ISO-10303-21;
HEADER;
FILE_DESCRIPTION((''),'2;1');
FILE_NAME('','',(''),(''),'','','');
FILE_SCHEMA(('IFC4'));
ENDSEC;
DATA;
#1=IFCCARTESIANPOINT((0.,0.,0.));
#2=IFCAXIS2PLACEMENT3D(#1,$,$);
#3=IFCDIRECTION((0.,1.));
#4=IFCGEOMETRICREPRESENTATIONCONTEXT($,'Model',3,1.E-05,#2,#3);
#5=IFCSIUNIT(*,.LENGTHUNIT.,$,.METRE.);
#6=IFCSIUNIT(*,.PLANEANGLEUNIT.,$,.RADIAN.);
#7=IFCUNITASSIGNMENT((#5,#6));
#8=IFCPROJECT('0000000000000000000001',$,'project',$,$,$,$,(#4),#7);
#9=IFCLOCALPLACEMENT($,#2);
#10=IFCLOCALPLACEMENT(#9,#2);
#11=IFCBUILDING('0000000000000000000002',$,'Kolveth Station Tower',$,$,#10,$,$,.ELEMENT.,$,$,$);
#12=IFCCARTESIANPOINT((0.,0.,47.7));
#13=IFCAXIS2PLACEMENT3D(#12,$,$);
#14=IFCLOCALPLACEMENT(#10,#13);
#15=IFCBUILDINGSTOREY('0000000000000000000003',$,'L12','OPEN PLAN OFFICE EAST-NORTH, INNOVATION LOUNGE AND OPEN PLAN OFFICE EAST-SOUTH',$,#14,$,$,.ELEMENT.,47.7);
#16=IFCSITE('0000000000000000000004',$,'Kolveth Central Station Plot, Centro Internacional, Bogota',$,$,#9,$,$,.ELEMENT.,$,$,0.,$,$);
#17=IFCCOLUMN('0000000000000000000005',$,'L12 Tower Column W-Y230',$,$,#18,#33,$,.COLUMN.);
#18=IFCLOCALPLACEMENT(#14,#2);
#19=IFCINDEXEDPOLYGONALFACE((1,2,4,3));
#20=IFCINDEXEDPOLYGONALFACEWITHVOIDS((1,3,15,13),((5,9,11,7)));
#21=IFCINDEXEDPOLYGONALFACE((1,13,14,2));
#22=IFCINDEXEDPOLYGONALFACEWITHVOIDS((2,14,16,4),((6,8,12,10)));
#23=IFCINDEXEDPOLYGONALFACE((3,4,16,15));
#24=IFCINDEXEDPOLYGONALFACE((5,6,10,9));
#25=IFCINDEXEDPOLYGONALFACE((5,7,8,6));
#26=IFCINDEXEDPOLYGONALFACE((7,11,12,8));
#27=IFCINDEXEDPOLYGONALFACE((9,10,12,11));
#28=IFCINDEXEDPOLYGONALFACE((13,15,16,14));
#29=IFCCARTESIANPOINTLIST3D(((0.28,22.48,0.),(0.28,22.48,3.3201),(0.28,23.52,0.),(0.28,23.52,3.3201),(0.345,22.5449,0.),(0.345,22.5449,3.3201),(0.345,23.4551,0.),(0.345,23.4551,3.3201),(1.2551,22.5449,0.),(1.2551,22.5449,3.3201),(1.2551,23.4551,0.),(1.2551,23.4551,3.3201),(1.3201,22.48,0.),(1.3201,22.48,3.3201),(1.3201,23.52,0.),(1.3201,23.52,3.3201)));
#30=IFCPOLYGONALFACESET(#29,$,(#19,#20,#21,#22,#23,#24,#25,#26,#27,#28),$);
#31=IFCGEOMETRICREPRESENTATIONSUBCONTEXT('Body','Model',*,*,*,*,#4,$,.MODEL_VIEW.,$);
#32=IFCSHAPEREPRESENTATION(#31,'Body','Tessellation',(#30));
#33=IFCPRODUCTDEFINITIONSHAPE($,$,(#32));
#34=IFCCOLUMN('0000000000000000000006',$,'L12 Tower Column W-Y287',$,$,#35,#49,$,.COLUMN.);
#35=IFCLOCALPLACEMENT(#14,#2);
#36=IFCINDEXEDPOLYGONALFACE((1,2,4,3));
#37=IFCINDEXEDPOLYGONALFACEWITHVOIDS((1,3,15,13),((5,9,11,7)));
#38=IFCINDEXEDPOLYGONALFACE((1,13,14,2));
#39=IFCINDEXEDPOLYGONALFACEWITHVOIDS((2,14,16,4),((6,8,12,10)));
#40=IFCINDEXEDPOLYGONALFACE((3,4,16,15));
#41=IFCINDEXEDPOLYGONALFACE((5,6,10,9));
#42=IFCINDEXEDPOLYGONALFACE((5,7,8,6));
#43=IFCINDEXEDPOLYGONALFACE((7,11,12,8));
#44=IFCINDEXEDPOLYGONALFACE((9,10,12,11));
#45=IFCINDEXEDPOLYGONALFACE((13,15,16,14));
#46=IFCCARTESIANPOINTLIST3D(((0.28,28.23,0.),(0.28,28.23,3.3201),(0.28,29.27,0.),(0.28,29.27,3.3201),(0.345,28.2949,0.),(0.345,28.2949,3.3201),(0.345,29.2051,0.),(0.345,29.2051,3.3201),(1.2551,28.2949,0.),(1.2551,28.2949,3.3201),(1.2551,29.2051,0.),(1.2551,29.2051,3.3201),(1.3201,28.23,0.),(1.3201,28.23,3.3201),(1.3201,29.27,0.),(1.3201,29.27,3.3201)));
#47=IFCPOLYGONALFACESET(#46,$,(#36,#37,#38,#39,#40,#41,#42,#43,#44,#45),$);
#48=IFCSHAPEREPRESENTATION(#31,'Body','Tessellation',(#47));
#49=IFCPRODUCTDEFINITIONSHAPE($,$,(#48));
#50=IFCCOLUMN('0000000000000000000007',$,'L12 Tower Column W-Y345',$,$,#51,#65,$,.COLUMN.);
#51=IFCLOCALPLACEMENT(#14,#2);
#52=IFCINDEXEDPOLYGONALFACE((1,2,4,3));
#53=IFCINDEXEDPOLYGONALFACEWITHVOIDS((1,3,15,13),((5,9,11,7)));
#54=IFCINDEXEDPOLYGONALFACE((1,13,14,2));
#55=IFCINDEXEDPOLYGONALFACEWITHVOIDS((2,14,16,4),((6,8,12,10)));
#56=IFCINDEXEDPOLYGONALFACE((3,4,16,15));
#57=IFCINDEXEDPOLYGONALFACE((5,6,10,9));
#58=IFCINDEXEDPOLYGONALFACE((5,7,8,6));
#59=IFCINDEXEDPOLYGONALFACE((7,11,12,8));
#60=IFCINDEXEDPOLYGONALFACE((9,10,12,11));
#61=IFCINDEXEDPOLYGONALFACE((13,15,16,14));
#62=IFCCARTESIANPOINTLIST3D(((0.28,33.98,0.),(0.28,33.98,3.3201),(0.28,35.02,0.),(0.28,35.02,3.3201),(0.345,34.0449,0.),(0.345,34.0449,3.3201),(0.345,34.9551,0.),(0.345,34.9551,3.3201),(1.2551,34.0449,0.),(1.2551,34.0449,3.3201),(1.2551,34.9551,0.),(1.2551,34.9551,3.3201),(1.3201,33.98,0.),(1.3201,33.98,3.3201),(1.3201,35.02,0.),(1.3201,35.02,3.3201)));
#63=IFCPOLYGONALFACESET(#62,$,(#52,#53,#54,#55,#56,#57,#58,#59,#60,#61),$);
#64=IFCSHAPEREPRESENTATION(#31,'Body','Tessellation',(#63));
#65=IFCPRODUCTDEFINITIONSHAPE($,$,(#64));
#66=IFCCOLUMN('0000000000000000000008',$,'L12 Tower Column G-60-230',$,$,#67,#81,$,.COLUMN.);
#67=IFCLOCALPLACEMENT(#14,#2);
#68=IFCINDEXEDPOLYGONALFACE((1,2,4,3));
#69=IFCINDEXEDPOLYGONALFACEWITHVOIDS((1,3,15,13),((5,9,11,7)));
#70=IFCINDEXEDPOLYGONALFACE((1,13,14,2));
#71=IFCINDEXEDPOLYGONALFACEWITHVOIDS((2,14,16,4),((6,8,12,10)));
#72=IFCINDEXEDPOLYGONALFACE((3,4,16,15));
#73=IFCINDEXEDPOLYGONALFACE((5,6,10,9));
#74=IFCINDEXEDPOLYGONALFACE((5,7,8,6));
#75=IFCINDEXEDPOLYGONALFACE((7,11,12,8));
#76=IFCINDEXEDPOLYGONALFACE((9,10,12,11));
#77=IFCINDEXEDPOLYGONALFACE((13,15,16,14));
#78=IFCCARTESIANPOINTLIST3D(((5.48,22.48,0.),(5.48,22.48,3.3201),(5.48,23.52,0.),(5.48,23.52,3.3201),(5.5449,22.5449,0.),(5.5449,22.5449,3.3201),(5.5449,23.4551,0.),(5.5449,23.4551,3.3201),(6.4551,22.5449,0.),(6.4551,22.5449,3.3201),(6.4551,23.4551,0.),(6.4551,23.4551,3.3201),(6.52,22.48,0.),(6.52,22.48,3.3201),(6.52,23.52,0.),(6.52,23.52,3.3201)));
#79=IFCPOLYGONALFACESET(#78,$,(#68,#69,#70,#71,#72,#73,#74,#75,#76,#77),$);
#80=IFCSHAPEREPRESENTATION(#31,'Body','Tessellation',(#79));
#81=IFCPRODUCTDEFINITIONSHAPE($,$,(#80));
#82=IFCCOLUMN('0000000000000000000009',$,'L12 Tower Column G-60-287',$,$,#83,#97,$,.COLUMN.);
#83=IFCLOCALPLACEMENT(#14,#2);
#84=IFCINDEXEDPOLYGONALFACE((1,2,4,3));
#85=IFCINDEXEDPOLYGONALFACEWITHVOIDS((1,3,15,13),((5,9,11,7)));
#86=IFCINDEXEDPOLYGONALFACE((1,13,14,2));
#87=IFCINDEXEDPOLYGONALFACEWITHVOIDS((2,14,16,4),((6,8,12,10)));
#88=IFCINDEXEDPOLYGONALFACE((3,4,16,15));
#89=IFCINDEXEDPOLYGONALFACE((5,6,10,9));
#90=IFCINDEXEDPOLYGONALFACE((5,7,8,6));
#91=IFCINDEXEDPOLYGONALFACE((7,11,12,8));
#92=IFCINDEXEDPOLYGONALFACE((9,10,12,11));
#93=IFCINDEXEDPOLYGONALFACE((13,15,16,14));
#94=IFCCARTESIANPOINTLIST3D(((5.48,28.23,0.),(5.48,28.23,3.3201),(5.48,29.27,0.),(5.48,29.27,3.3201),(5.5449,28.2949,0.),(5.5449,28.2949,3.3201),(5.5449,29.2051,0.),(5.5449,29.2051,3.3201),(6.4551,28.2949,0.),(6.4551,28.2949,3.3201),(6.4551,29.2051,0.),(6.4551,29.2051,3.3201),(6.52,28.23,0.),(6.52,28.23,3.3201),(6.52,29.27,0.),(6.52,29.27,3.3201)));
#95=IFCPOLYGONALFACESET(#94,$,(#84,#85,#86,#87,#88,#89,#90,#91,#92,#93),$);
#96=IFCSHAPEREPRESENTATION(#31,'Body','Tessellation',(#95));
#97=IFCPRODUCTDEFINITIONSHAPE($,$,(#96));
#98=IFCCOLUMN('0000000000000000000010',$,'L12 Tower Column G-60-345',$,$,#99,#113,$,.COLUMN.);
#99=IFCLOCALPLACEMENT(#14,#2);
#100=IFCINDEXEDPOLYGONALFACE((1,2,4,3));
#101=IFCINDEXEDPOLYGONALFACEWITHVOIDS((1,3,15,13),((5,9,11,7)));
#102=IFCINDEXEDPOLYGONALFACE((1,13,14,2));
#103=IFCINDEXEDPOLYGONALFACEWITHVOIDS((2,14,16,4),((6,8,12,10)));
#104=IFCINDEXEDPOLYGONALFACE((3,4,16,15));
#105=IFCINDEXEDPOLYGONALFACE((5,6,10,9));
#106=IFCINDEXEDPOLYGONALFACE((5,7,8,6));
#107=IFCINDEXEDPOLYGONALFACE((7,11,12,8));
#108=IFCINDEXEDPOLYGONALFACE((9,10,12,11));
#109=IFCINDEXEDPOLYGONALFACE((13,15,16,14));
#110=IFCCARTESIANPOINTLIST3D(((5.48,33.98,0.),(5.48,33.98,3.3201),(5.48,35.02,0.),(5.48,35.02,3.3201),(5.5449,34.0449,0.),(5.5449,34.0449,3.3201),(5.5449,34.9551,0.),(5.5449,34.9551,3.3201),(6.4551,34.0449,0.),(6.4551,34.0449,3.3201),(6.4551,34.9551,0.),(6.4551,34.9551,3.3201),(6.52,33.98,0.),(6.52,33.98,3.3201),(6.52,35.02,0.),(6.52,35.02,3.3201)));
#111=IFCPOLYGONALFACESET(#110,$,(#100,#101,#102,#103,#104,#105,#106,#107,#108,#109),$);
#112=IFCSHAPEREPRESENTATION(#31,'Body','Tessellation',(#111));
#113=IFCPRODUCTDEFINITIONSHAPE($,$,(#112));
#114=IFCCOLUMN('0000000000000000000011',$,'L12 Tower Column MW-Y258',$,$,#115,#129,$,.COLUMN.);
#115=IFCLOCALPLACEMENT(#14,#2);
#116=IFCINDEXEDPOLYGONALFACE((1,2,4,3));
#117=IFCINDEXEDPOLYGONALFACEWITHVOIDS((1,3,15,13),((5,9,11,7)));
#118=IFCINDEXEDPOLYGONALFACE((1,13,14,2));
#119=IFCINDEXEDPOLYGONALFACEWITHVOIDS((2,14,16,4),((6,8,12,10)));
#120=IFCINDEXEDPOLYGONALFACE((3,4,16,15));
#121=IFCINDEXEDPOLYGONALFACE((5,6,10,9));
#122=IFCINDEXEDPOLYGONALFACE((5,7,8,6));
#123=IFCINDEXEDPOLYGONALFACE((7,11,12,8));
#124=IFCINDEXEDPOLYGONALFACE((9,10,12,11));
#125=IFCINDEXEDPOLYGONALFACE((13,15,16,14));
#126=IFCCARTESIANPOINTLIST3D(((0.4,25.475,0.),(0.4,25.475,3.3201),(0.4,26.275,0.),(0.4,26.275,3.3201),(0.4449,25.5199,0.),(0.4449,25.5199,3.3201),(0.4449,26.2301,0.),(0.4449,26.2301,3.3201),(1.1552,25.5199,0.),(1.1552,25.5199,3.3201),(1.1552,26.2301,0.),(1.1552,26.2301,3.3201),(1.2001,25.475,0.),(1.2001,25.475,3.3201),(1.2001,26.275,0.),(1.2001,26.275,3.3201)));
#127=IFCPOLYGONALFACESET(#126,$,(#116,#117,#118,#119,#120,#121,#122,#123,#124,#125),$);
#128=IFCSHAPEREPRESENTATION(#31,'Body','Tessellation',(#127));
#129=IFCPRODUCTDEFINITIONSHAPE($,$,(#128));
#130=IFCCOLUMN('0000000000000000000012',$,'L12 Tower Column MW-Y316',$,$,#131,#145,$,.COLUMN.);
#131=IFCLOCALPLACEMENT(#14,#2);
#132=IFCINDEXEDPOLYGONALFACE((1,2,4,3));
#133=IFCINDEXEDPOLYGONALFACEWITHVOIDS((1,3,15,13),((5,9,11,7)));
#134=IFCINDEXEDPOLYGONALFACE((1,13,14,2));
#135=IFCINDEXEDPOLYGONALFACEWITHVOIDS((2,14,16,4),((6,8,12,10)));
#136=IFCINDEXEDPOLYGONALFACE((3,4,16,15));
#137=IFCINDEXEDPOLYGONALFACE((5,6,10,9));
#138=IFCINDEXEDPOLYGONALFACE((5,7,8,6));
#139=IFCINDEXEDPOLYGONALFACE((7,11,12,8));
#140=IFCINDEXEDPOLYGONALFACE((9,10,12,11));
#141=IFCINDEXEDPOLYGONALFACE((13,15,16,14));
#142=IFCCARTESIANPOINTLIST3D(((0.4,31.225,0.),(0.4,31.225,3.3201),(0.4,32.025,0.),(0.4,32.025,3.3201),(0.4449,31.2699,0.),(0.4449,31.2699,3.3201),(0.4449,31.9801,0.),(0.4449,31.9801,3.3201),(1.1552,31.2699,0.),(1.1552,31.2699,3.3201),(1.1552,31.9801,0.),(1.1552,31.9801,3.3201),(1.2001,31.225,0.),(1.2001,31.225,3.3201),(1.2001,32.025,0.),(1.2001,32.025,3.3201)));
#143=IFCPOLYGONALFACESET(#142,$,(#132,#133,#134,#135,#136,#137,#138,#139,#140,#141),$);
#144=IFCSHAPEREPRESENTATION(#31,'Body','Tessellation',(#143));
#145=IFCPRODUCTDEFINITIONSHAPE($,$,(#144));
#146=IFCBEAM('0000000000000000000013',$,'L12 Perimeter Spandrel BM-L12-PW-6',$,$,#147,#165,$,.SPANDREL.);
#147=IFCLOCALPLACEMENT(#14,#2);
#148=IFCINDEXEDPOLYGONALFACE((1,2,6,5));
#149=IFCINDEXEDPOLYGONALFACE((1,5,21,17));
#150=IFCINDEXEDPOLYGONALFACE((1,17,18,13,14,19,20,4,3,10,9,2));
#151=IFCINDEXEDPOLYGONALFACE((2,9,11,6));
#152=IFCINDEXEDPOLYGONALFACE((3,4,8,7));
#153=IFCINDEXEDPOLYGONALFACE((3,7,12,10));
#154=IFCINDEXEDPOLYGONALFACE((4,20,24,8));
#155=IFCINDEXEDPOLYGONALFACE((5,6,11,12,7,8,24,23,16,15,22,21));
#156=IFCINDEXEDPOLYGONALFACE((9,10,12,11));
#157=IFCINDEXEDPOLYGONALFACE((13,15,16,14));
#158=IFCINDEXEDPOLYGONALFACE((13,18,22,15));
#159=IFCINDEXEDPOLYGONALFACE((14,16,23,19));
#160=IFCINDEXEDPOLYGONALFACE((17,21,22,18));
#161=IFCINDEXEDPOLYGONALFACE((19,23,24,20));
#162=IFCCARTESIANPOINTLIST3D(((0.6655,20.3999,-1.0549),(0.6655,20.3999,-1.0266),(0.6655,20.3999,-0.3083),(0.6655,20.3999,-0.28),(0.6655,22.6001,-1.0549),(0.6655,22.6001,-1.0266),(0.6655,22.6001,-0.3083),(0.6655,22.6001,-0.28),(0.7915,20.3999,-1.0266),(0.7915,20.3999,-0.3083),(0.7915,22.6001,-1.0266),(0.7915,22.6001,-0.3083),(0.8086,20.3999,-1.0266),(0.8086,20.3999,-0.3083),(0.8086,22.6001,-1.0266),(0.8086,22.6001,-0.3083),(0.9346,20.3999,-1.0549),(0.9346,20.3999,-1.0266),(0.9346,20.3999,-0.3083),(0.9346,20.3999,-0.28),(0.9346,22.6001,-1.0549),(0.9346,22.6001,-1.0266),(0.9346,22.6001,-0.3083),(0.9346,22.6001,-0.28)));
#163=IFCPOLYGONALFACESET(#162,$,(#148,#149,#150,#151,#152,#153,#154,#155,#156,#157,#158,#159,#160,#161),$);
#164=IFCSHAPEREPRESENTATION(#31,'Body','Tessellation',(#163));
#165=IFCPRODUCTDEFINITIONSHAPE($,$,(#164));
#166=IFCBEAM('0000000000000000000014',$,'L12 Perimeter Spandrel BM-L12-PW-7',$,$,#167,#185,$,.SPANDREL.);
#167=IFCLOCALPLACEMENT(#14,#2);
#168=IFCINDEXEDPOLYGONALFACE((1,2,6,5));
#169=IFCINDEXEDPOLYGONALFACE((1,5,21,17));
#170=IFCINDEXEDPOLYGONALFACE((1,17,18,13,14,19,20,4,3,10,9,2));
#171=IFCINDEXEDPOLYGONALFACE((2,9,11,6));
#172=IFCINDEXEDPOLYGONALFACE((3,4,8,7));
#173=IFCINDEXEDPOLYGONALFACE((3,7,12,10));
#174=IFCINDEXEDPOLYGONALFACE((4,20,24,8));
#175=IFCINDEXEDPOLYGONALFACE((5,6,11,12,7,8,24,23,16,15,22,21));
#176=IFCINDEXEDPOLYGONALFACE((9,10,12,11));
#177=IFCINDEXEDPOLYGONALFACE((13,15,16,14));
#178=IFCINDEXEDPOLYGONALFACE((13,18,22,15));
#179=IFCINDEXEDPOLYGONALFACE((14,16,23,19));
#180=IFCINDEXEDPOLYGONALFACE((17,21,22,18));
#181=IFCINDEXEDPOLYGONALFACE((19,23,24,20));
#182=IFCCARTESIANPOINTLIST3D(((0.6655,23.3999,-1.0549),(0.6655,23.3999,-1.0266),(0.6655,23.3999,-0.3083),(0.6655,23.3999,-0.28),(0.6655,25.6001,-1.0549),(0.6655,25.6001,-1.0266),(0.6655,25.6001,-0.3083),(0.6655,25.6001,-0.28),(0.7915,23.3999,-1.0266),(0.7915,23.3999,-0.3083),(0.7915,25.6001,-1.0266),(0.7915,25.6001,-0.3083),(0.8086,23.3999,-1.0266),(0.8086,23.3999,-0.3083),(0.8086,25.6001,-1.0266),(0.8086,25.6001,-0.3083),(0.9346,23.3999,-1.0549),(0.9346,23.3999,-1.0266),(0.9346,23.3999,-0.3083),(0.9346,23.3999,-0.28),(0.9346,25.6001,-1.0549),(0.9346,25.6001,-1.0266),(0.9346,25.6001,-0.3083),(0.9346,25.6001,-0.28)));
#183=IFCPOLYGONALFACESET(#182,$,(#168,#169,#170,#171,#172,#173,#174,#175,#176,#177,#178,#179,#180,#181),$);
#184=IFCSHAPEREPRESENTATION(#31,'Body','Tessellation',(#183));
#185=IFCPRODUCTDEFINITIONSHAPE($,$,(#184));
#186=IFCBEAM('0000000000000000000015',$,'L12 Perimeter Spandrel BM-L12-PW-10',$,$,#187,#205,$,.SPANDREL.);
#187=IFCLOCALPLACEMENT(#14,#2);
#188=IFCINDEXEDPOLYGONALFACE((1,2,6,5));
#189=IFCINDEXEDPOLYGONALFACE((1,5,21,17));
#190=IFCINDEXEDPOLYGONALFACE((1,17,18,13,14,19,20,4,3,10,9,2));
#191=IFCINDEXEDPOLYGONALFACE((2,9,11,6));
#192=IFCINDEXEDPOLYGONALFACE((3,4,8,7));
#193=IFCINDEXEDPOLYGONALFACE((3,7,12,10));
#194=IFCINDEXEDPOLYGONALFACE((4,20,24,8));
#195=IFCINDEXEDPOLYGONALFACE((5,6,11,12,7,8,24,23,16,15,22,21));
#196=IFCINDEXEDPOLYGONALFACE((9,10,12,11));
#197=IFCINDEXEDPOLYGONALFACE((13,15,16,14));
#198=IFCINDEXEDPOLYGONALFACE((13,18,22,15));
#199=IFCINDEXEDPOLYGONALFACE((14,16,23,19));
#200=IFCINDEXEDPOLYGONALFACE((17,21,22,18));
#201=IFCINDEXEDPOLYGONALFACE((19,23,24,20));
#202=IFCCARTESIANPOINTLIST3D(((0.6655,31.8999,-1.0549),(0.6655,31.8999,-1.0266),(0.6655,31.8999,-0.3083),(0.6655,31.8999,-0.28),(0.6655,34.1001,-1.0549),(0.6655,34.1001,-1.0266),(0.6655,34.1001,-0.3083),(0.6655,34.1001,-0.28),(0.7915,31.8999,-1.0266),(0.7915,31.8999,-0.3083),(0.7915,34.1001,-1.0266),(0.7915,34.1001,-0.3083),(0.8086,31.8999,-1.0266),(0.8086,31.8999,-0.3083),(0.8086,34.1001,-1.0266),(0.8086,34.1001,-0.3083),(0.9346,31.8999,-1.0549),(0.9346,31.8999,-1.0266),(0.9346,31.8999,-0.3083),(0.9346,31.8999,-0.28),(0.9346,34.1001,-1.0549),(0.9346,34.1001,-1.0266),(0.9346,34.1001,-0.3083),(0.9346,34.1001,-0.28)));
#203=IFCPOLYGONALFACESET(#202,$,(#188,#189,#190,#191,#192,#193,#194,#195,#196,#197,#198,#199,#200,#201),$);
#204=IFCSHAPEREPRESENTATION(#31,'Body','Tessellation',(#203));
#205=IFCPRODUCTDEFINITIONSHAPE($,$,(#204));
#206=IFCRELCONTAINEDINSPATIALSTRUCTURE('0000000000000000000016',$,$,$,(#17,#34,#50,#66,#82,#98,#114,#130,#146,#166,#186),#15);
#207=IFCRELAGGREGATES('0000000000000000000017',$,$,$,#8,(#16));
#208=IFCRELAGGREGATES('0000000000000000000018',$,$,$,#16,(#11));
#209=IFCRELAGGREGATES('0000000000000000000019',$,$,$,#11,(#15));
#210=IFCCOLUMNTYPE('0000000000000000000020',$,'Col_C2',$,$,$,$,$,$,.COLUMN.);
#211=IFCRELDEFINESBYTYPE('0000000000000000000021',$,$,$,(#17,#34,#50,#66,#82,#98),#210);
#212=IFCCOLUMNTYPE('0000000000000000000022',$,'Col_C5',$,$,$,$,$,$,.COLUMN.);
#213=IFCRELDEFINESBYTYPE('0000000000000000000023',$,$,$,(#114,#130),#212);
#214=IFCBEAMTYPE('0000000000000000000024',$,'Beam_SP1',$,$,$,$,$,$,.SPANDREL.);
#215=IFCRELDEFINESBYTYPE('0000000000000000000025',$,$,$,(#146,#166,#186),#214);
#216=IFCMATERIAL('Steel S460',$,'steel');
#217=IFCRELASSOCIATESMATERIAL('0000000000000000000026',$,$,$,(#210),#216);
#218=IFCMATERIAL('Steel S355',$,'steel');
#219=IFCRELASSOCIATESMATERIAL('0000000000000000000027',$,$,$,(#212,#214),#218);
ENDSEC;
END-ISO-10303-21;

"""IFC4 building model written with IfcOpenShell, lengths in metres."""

from ifc_helpers import new_model, si_unit, direction, frame, origin, origin_2d, place, context, subcontext, project, spatial, hollow_rectangle, i_section, extrude, source, transform, mapped, material, material_profile, profile_set, type_object, element, save


model = new_model("IFC4")

# Units and contexts
model_context = context("Model", 3, precision=1e-05, world=origin(), true_north=direction((0.0, 1.0)))
body_context = subcontext(model_context, "Body", "Model", "MODEL_VIEW")
ifc_project = project(units=[si_unit("LENGTHUNIT", "METRE"), si_unit("PLANEANGLEUNIT", "RADIAN")], contexts=[model_context])

# Site, building, storey
site_placement = place(None, origin())
site = spatial("IfcSite", under=ifc_project, at=site_placement, Name="Kolveth Central Station Plot, Centro Internacional, Bogota", CompositionType="ELEMENT", RefElevation=0.0)
building_placement = place(site_placement, origin())
building = spatial("IfcBuilding", under=site, at=building_placement, Name="Kolveth Station Tower", CompositionType="ELEMENT")
storey_placement = place(building_placement, frame((0.0, 0.0, 47.7)))
storey = spatial("IfcBuildingStorey", under=building, at=storey_placement, Name="L12", Description="OPEN PLAN OFFICE EAST-NORTH, INNOVATION LOUNGE AND OPEN PLAN OFFICE EAST-SOUTH", CompositionType="ELEMENT", Elevation=47.7)

# Columns
ifc_material_1 = material(Name="Steel S460", Category="steel")
ifc_material_profile_1 = material_profile(ifc_material_1, hollow_rectangle(XDim=1.04, YDim=1.04, WallThickness=0.0649, at=origin_2d()), Name="BOX1040x1040x65")
ifc_profile_set_1 = profile_set([ifc_material_profile_1], Name="Steel S460")
column_type_1 = type_object("IfcColumnType", Name="Col_C2", PredefinedType="COLUMN", material=ifc_profile_set_1)
shared_shape_1 = source(origin(), body_context, "Body", "SweptSolid", [
    extrude(hollow_rectangle(XDim=1.04, YDim=1.04, WallThickness=0.0649, at=origin_2d()), origin(), (0.0, 0.0, 1.0), 3.3201),
])
for number, where, z_axis, x_axis, name in (
    (1, (0.8, 23.0, 0.0), (0.0, 0.0, 1.0), (1.0, 0.0, 0.0), "L12 Tower Column W-Y230"),
    (2, (0.8, 28.75, 0.0), (0.0, 0.0, 1.0), (1.0, 0.0, 0.0), "L12 Tower Column W-Y287"),
    (3, (0.8, 34.5, 0.0), (0.0, 0.0, 1.0), (1.0, 0.0, 0.0), "L12 Tower Column W-Y345"),
    (4, (6.0, 23.0, 0.0), (0.0, 0.0, 1.0), (1.0, 0.0, 0.0), "L12 Tower Column G-60-230"),
    (5, (6.0, 28.75, 0.0), (0.0, 0.0, 1.0), (1.0, 0.0, 0.0), "L12 Tower Column G-60-287"),
    (6, (6.0, 34.5, 0.0), (0.0, 0.0, 1.0), (1.0, 0.0, 0.0), "L12 Tower Column G-60-345"),
):
    element("IfcColumn", number, at=place(storey_placement, frame(where, z_axis=z_axis, x_axis=x_axis)), inside=storey, type_object=column_type_1, Name=name, PredefinedType="COLUMN", context=body_context, shape_type="MappedRepresentation", body=[
        mapped(shared_shape_1, transform((0.0, 0.0, 0.0), x_axis=(1.0, 0.0, 0.0), y_axis=(0.0, 1.0, 0.0), z_axis=(0.0, 0.0, 1.0), scale=1.0)),
    ])
ifc_material_2 = material(Name="Steel S355", Category="steel")
ifc_material_profile_2 = material_profile(ifc_material_2, hollow_rectangle(XDim=0.8, YDim=0.8, WallThickness=0.0449, at=origin_2d()), Name="BOX800x800x45")
ifc_profile_set_2 = profile_set([ifc_material_profile_2], Name="Steel S355")
column_type_2 = type_object("IfcColumnType", Name="Col_C5", PredefinedType="COLUMN", material=ifc_profile_set_2)
shared_shape_2 = source(origin(), body_context, "Body", "SweptSolid", [
    extrude(hollow_rectangle(XDim=0.8, YDim=0.8, WallThickness=0.0449, at=origin_2d()), origin(), (0.0, 0.0, 1.0), 3.3201),
])
for number, where, z_axis, x_axis, name in (
    (7, (0.8, 25.875, 0.0), (0.0, 0.0, 1.0), (1.0, 0.0, 0.0), "L12 Tower Column MW-Y258"),
    (8, (0.8, 31.625, 0.0), (0.0, 0.0, 1.0), (1.0, 0.0, 0.0), "L12 Tower Column MW-Y316"),
):
    element("IfcColumn", number, at=place(storey_placement, frame(where, z_axis=z_axis, x_axis=x_axis)), inside=storey, type_object=column_type_2, Name=name, PredefinedType="COLUMN", context=body_context, shape_type="MappedRepresentation", body=[
        mapped(shared_shape_2, transform((0.0, 0.0, 0.0), x_axis=(1.0, 0.0, 0.0), y_axis=(0.0, 1.0, 0.0), z_axis=(0.0, 0.0, 1.0), scale=1.0)),
    ])

# Beams
ifc_material_profile_3 = material_profile(ifc_material_2, i_section(OverallWidth=0.269, OverallDepth=0.7749, WebThickness=0.0171, FlangeThickness=0.0283, at=origin_2d()), Name="W760x220")
ifc_profile_set_3 = profile_set([ifc_material_profile_3], Name="Steel S355")
beam_type_1 = type_object("IfcBeamType", Name="Beam_SP1", PredefinedType="SPANDREL", material=ifc_profile_set_3)
shared_shape_3 = source(origin(), body_context, "Body", "SweptSolid", [
    extrude(i_section(OverallWidth=0.269, OverallDepth=0.7749, WebThickness=0.0171, FlangeThickness=0.0283, at=origin_2d()), origin(), (0.0, 0.0, 1.0), 2.2002),
])
for number, where, z_axis, x_axis, name in (
    (9, (0.8, 20.3999, -0.6675), (0.0, 1.0, 0.0), (-1.0, 0.0, 0.0), "L12 Perimeter Spandrel BM-L12-PW-6"),
    (10, (0.8, 23.3999, -0.6675), (0.0, 1.0, 0.0), (-1.0, 0.0, 0.0), "L12 Perimeter Spandrel BM-L12-PW-7"),
    (11, (0.8, 31.8999, -0.6675), (0.0, 1.0, 0.0), (-1.0, 0.0, 0.0), "L12 Perimeter Spandrel BM-L12-PW-10"),
):
    element("IfcBeam", number, at=place(storey_placement, frame(where, z_axis=z_axis, x_axis=x_axis)), inside=storey, type_object=beam_type_1, Name=name, PredefinedType="SPANDREL", context=body_context, shape_type="MappedRepresentation", body=[
        mapped(shared_shape_3, transform((0.0, 0.0, 0.0), x_axis=(1.0, 0.0, 0.0), y_axis=(0.0, 1.0, 0.0), z_axis=(0.0, 0.0, 1.0), scale=1.0)),
    ])

save(model, "model.ifc")
